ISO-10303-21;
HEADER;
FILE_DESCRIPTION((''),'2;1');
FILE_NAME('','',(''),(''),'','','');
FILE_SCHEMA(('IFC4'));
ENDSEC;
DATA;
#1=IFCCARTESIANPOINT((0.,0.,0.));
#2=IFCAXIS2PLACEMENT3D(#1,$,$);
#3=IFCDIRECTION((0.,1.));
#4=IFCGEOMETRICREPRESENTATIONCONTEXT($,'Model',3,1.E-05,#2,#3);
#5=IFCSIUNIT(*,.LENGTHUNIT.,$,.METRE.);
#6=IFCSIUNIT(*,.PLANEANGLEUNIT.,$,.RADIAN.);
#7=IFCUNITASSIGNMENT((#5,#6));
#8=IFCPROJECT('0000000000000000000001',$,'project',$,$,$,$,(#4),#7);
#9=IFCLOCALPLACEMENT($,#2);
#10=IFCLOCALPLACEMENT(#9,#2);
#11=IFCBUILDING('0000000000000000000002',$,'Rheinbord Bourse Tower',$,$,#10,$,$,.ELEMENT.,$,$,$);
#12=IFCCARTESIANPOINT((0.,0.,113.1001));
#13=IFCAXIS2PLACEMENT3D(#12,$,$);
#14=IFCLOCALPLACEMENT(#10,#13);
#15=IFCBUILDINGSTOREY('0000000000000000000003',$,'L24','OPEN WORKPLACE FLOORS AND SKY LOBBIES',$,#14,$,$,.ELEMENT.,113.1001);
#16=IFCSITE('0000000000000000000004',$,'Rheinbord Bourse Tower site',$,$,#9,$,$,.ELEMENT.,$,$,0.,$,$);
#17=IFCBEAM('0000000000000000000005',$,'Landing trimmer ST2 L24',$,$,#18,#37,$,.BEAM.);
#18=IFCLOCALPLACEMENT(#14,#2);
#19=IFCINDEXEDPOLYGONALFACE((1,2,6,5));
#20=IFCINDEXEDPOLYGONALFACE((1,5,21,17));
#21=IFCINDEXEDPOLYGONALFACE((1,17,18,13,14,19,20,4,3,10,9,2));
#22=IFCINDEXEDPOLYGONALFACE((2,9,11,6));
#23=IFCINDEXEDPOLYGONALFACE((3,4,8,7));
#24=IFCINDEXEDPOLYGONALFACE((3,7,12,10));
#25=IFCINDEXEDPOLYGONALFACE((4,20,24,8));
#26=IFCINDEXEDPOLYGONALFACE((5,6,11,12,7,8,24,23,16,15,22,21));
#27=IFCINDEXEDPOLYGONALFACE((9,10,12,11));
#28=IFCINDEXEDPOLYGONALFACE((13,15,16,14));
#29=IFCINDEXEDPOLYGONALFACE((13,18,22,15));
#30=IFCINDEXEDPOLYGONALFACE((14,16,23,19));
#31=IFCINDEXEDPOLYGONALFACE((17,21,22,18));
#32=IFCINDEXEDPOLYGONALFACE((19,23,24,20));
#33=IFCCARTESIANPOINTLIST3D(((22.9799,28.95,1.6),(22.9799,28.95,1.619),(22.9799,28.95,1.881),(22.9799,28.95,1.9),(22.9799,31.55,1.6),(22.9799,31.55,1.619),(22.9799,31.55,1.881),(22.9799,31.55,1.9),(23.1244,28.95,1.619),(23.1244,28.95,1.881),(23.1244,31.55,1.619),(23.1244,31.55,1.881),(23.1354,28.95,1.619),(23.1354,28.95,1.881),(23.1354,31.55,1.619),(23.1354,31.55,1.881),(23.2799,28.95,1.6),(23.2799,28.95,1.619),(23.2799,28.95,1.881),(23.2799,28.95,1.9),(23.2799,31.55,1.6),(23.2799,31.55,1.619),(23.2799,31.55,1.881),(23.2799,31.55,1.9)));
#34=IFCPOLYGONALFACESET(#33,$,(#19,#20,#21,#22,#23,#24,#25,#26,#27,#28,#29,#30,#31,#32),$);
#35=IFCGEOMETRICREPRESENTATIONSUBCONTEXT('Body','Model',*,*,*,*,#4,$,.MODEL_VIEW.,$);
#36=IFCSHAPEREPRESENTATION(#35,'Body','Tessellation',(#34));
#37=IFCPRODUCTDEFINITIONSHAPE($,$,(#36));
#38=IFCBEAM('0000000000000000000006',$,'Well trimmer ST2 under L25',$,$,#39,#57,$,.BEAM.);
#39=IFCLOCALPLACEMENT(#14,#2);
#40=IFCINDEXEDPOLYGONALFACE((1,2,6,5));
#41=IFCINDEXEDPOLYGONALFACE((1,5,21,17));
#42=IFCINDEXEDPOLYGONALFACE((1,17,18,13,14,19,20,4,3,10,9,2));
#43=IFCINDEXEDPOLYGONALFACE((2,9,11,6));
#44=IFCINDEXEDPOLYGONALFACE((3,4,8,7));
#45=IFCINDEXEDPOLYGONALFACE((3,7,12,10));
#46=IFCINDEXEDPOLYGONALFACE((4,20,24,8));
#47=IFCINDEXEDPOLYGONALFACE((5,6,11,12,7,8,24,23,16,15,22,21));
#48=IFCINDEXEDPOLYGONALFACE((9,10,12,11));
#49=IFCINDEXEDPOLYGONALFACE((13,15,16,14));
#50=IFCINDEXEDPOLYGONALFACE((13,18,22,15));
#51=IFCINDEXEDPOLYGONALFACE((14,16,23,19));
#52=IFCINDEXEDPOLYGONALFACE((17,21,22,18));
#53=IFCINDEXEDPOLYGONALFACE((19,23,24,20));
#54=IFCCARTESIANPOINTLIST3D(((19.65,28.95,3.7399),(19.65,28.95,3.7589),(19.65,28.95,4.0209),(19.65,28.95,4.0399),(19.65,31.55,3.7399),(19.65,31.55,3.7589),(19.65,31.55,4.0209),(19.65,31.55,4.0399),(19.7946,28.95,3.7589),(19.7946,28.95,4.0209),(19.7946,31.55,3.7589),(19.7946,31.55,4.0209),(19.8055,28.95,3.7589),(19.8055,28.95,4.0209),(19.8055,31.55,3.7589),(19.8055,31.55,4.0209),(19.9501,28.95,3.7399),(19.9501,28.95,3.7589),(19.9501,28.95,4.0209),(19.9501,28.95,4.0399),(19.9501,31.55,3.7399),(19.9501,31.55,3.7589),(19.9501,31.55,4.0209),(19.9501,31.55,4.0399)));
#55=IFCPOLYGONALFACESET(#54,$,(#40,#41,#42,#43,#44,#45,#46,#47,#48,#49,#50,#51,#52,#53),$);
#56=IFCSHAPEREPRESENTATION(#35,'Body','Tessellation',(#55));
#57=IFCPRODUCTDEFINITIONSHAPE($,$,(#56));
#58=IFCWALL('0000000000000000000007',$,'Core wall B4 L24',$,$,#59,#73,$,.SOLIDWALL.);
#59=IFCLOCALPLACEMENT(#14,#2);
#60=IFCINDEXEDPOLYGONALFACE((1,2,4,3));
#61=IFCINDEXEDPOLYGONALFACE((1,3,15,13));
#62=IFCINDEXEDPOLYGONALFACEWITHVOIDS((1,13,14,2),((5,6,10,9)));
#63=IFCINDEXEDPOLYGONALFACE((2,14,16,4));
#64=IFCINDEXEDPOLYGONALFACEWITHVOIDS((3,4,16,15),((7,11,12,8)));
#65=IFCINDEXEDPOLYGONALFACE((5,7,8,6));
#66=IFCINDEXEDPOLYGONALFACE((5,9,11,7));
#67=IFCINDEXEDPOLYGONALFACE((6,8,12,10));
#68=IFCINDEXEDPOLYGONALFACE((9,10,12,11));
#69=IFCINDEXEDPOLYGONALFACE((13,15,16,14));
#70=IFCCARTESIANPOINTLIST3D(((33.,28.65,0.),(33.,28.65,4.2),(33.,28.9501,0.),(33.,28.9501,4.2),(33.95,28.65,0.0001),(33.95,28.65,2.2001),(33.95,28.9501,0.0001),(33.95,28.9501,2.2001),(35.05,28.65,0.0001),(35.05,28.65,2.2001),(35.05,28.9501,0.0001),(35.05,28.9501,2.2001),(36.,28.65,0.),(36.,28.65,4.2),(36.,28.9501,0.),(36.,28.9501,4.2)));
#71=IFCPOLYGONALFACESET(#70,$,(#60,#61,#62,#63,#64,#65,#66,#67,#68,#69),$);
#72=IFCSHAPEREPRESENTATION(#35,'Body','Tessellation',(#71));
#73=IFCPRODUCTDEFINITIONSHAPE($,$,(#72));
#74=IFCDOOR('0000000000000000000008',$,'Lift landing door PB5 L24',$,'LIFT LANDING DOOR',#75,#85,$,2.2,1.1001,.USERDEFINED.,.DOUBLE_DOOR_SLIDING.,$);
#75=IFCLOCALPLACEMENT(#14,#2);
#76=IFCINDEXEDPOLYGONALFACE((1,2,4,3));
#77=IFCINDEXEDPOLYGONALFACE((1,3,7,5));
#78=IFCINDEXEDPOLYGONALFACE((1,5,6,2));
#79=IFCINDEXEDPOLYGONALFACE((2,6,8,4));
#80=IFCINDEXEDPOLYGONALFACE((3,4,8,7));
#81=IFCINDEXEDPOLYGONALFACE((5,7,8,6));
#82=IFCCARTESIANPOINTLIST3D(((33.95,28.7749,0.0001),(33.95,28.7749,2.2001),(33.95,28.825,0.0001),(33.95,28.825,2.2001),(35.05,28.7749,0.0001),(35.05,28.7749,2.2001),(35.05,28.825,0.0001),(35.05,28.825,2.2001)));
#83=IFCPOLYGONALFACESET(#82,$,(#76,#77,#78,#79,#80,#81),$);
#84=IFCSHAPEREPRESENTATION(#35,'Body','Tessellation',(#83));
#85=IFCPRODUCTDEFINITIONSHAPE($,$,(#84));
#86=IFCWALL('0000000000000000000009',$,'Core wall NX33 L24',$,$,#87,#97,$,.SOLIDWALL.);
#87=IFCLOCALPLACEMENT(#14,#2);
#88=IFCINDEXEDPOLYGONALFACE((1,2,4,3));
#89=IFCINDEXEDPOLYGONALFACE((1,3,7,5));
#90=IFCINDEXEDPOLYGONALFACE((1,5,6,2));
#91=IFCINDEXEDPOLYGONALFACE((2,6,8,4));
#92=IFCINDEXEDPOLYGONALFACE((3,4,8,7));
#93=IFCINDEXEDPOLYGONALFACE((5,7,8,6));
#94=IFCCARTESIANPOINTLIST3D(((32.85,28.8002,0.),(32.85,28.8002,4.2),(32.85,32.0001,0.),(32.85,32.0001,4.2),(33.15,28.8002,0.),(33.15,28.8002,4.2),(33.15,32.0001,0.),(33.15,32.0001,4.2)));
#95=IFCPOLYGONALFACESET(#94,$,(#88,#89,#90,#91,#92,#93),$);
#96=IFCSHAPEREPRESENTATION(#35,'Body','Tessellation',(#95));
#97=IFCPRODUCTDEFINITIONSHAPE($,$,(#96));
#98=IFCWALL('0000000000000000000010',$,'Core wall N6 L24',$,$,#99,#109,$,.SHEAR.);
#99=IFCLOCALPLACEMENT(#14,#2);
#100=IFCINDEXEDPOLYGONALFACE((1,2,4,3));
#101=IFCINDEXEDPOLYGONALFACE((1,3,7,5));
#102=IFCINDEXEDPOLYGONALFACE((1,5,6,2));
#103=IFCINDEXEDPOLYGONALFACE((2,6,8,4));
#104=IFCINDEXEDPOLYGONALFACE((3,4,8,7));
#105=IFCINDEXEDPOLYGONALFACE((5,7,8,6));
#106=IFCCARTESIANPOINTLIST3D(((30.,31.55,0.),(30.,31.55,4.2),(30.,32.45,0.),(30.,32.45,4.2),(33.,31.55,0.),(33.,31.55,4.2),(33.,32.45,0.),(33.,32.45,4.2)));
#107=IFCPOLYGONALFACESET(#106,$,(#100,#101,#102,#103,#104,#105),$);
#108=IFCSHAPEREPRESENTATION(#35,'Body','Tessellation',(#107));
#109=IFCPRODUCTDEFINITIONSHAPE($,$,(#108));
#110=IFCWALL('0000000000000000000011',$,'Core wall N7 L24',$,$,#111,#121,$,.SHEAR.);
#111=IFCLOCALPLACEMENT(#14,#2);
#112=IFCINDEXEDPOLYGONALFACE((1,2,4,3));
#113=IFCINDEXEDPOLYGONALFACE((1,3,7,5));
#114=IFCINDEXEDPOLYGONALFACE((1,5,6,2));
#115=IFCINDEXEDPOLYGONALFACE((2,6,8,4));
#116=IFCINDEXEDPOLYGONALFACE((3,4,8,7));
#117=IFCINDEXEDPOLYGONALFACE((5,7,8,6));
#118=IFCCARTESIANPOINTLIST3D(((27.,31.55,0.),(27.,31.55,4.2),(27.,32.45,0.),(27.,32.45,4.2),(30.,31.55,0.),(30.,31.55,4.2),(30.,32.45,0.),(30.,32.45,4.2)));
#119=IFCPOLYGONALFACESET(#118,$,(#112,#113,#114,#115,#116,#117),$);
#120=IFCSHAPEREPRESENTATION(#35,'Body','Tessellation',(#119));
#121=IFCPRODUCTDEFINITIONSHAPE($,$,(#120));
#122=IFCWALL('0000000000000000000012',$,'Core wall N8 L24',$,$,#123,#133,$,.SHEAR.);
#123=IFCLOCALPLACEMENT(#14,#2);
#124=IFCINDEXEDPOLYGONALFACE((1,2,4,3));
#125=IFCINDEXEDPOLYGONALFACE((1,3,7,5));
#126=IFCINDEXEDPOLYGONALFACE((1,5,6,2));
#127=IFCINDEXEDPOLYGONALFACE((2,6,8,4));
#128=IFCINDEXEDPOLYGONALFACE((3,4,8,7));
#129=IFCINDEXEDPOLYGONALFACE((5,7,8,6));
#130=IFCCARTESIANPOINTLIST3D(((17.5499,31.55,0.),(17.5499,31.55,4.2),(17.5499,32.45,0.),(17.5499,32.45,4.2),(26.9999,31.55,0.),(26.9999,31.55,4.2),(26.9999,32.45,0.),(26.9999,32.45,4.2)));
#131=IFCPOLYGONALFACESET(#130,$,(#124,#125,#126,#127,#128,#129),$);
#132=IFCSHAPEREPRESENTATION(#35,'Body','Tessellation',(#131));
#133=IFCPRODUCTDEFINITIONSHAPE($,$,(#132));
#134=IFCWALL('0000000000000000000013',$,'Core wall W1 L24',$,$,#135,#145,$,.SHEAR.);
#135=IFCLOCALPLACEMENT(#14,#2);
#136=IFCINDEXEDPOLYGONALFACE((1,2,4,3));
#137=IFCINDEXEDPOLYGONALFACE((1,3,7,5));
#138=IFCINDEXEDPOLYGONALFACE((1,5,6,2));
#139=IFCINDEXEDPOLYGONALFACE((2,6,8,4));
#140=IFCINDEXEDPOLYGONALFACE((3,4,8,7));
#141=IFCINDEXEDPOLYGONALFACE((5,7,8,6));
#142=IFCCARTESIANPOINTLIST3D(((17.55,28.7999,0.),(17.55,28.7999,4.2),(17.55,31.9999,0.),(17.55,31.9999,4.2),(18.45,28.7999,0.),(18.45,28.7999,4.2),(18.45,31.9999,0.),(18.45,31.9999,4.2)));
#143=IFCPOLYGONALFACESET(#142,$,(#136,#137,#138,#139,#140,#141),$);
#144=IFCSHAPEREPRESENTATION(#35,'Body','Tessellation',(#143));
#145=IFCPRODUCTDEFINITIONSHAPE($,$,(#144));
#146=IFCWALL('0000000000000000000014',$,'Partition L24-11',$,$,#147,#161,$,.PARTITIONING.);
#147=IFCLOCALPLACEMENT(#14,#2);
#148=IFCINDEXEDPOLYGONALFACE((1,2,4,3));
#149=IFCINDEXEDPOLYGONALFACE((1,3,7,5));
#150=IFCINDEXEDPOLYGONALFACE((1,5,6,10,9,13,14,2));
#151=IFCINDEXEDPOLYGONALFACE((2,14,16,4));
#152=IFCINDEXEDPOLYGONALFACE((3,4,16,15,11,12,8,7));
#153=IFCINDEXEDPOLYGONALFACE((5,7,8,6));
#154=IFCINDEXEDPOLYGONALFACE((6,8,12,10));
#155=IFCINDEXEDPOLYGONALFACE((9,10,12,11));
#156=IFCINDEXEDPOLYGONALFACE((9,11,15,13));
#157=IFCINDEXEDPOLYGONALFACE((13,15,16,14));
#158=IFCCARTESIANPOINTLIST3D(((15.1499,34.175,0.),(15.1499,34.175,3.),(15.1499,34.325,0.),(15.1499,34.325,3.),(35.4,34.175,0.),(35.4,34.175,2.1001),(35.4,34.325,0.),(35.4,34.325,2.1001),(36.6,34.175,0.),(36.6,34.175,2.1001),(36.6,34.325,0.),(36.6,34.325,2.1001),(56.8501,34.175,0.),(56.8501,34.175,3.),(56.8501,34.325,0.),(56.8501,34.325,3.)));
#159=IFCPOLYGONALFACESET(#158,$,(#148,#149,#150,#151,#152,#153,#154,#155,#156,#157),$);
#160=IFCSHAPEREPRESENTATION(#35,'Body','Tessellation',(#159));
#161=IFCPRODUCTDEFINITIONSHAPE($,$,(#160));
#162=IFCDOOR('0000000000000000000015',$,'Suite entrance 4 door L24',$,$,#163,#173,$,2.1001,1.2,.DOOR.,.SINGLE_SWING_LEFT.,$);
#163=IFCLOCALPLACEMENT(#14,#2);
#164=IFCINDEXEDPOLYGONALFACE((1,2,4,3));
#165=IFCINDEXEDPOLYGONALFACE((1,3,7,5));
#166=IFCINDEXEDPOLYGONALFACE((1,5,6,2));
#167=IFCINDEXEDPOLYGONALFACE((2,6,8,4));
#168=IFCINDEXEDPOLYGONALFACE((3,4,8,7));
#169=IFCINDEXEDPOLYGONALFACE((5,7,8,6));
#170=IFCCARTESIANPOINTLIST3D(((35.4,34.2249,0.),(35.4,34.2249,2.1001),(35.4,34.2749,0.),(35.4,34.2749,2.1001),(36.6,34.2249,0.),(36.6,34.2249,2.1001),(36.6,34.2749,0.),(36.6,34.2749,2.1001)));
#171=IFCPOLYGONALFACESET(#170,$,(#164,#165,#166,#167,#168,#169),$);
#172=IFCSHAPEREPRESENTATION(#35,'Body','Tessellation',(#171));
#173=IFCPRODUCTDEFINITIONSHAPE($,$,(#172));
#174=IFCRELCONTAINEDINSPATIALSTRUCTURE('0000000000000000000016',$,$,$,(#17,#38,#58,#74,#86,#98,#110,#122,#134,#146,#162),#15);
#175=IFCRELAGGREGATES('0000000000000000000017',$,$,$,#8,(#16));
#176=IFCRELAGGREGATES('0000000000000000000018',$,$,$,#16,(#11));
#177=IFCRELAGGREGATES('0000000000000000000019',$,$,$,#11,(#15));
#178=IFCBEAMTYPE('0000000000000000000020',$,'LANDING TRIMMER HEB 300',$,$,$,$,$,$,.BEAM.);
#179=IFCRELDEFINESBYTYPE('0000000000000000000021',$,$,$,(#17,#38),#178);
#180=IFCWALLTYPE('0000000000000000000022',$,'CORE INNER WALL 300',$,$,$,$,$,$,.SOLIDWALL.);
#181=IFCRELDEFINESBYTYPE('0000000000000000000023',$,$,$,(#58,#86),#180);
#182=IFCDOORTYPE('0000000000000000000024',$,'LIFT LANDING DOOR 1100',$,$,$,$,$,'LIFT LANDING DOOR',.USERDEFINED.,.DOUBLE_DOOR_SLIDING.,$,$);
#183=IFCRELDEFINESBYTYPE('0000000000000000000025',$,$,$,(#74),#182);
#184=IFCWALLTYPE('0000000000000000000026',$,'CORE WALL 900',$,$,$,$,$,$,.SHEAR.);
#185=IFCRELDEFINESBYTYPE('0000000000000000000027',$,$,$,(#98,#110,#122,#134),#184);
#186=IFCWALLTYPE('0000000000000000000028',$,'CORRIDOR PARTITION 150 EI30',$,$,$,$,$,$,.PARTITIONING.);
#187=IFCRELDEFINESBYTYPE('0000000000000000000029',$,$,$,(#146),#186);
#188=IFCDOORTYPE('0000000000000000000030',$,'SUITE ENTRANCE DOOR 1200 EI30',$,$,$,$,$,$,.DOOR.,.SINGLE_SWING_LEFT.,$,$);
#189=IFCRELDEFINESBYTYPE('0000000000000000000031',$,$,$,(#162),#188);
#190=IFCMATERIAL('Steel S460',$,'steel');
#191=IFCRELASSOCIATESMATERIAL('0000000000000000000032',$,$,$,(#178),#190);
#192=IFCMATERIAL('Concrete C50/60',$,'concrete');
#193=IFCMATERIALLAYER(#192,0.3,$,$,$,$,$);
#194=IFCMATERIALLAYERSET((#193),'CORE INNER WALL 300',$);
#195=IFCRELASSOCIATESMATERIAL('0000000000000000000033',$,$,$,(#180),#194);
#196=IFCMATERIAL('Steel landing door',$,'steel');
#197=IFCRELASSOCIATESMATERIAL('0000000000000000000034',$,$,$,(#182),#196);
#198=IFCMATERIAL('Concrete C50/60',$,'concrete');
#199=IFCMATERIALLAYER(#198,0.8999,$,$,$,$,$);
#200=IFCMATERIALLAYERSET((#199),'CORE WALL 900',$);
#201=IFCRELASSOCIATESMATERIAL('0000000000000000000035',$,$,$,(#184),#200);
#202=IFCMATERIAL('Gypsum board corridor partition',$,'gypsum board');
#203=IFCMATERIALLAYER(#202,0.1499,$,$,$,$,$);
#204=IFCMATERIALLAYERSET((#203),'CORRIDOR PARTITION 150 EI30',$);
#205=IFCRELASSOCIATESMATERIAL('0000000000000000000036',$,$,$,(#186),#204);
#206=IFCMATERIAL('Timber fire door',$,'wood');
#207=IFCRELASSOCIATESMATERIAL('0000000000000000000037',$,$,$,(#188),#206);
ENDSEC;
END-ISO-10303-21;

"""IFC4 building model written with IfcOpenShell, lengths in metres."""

from ifc_helpers import new_model, si_unit, direction, frame, frame_2d, origin, origin_2d, place, context, subcontext, project, spatial, rectangle, i_section, extrude, material, layer, layer_set, material_profile, profile_set, type_object, element, fill, save


model = new_model("IFC4")

# Units and contexts
model_context = context("Model", 3, precision=1e-05, world=origin(), true_north=direction((0.0, 1.0)))
body_context = subcontext(model_context, "Body", "Model", "MODEL_VIEW")
ifc_project = project(units=[si_unit("LENGTHUNIT", "METRE"), si_unit("PLANEANGLEUNIT", "RADIAN")], contexts=[model_context])

# Site, building, storey
site_placement = place(None, origin())
site = spatial("IfcSite", under=ifc_project, at=site_placement, Name="Rheinbord Bourse Tower site", CompositionType="ELEMENT", RefElevation=0.0)
building_placement = place(site_placement, origin())
building = spatial("IfcBuilding", under=site, at=building_placement, Name="Rheinbord Bourse Tower", CompositionType="ELEMENT")
storey_placement = place(building_placement, frame((0.0, 0.0, 113.1001)))
storey = spatial("IfcBuildingStorey", under=building, at=storey_placement, Name="L24", Description="OPEN WORKPLACE FLOORS AND SKY LOBBIES", CompositionType="ELEMENT", Elevation=113.1001)

# Beams
ifc_material_1 = material(Name="Steel S460", Category="steel")
ifc_material_profile = material_profile(ifc_material_1, i_section(OverallWidth=0.3, OverallDepth=0.3, WebThickness=0.011, FlangeThickness=0.019, at=origin_2d()), Name="HEB 300")
ifc_profile_set = profile_set([ifc_material_profile], Name="Steel S460")
beam_type = type_object("IfcBeamType", Name="LANDING TRIMMER HEB 300", PredefinedType="BEAM", material=ifc_profile_set)
for number, where, z_axis, x_axis, name in (
    (1, (23.1299, 28.95, 1.75), (0.0, 1.0, 0.0), (-1.0, 0.0, 0.0), "Landing trimmer ST2 L24"),
    (2, (19.8, 28.95, 3.8899), (0.0, 1.0, 0.0), (-1.0, 0.0, 0.0), "Well trimmer ST2 under L25"),
):
    element("IfcBeam", number, at=place(storey_placement, frame(where, z_axis=z_axis, x_axis=x_axis)), inside=storey, type_object=beam_type, Name=name, PredefinedType="BEAM", context=body_context, shape_type="SweptSolid", body=[
        extrude(i_section(OverallWidth=0.3, OverallDepth=0.3, WebThickness=0.011, FlangeThickness=0.019, at=origin_2d()), origin(), (0.0, 0.0, 1.0), 2.6001),
    ])

# Wall, opening, door
ifc_material_2 = material(Name="Concrete C50/60", Category="concrete")
ifc_layer_1 = layer(ifc_material_2, 0.3)
ifc_layer_set_1 = layer_set([ifc_layer_1], Name="CORE INNER WALL 300")
wall_type_1 = type_object("IfcWallType", Name="CORE INNER WALL 300", PredefinedType="SOLIDWALL", material=ifc_layer_set_1)
wall_1_placement = place(storey_placement, frame((33.0, 28.8, 0.0), z_axis=(0.0, 0.0, 1.0), x_axis=(1.0, 0.0, 0.0)))
wall_1 = element("IfcWall", 3, at=wall_1_placement, inside=storey, type_object=wall_type_1, Name="Core wall B4 L24", PredefinedType="SOLIDWALL", context=body_context, shape_type="SweptSolid", body=[
    extrude(rectangle(XDim=3.0, YDim=0.3, at=frame_2d((1.5, 0.0))), origin(), (0.0, 0.0, 1.0), 4.2),
])
opening_1_placement = place(wall_1_placement, frame((0.95, 0.0, 0.0)))
opening_1 = element("IfcOpeningElement", 4, at=opening_1_placement, cuts=wall_1, PredefinedType="OPENING", context=body_context, shape_type="SweptSolid", body=[
    extrude(rectangle(XDim=1.1001, YDim=2.2, at=frame_2d((0.55, 1.1001))), frame((0.0, 0.1599, 0.0), z_axis=(0.0, -1.0, 0.0), x_axis=(1.0, 0.0, 0.0)), (0.0, 0.0, 1.0), 0.3201),
])
ifc_material_3 = material(Name="Steel landing door", Category="steel")
door_type_1 = type_object("IfcDoorType", Name="LIFT LANDING DOOR 1100", ElementType="LIFT LANDING DOOR", OperationType="DOUBLE_DOOR_SLIDING", PredefinedType="USERDEFINED", material=ifc_material_3)
door_1_placement = place(opening_1_placement, origin())
door_1 = element("IfcDoor", 5, at=door_1_placement, inside=storey, type_object=door_type_1, Name="Lift landing door PB5 L24", ObjectType="LIFT LANDING DOOR", OperationType="DOUBLE_DOOR_SLIDING", OverallHeight=2.2, OverallWidth=1.1001, PredefinedType="USERDEFINED", context=body_context, shape_type="SweptSolid", body=[
    extrude(rectangle(XDim=1.1001, YDim=2.2, at=frame_2d((0.55, 1.1001))), frame((0.0, 0.0249, 0.0), z_axis=(0.0, -1.0, 0.0), x_axis=(1.0, 0.0, 0.0)), (0.0, 0.0, 1.0), 0.05),
])
fill(opening_1, door_1)

# Walls
wall_2_placement = place(storey_placement, frame((33.0, 28.8, 0.0), z_axis=(0.0, 0.0, 1.0), x_axis=(0.0, 1.0, 0.0)))
element("IfcWall", 6, at=wall_2_placement, inside=storey, type_object=wall_type_1, Name="Core wall NX33 L24", PredefinedType="SOLIDWALL", context=body_context, shape_type="SweptSolid", body=[
    extrude(rectangle(XDim=3.2, YDim=0.3, at=frame_2d((1.6001, 0.0))), origin(), (0.0, 0.0, 1.0), 4.2),
])
ifc_material_4 = material(Name="Concrete C50/60", Category="concrete")
ifc_layer_2 = layer(ifc_material_4, 0.8999)
ifc_layer_set_2 = layer_set([ifc_layer_2], Name="CORE WALL 900")
wall_type_2 = type_object("IfcWallType", Name="CORE WALL 900", PredefinedType="SHEAR", material=ifc_layer_set_2)
for number, where, z_axis, x_axis, name in (
    (7, (33.0, 32.0, 0.0), (0.0, 0.0, 1.0), (-1.0, 0.0, 0.0), "Core wall N6 L24"),
    (8, (30.0, 32.0, 0.0), (0.0, 0.0, 1.0), (-1.0, 0.0, 0.0), "Core wall N7 L24"),
):
    element("IfcWall", number, at=place(storey_placement, frame(where, z_axis=z_axis, x_axis=x_axis)), inside=storey, type_object=wall_type_2, Name=name, PredefinedType="SHEAR", context=body_context, shape_type="SweptSolid", body=[
        extrude(rectangle(XDim=3.0, YDim=0.8999, at=frame_2d((1.5, 0.0))), origin(), (0.0, 0.0, 1.0), 4.2),
    ])
wall_3_placement = place(storey_placement, frame((27.0, 32.0, 0.0), z_axis=(0.0, 0.0, 1.0), x_axis=(-1.0, 0.0, 0.0)))
element("IfcWall", 9, at=wall_3_placement, inside=storey, type_object=wall_type_2, Name="Core wall N8 L24", PredefinedType="SHEAR", context=body_context, shape_type="SweptSolid", body=[
    extrude(rectangle(XDim=9.45, YDim=0.8999, at=frame_2d((4.7251, 0.0))), origin(), (0.0, 0.0, 1.0), 4.2),
])
wall_4_placement = place(storey_placement, frame((18.0, 32.0, 0.0), z_axis=(0.0, 0.0, 1.0), x_axis=(0.0, -1.0, 0.0)))
element("IfcWall", 10, at=wall_4_placement, inside=storey, type_object=wall_type_2, Name="Core wall W1 L24", PredefinedType="SHEAR", context=body_context, shape_type="SweptSolid", body=[
    extrude(rectangle(XDim=3.2, YDim=0.8999, at=frame_2d((1.6001, 0.0))), origin(), (0.0, 0.0, 1.0), 4.2),
])

# Wall, opening, door
ifc_material_5 = material(Name="Gypsum board corridor partition", Category="gypsum board")
ifc_layer_3 = layer(ifc_material_5, 0.1499)
ifc_layer_set_3 = layer_set([ifc_layer_3], Name="CORRIDOR PARTITION 150 EI30")
wall_type_3 = type_object("IfcWallType", Name="CORRIDOR PARTITION 150 EI30", PredefinedType="PARTITIONING", material=ifc_layer_set_3)
wall_5_placement = place(storey_placement, frame((15.1499, 34.25, 0.0), z_axis=(0.0, 0.0, 1.0), x_axis=(1.0, 0.0, 0.0)))
wall_5 = element("IfcWall", 11, at=wall_5_placement, inside=storey, type_object=wall_type_3, Name="Partition L24-11", PredefinedType="PARTITIONING", context=body_context, shape_type="SweptSolid", body=[
    extrude(rectangle(XDim=41.7002, YDim=0.1499, at=frame_2d((20.8501, 0.0))), origin(), (0.0, 0.0, 1.0), 3.0),
])
opening_2_placement = place(wall_5_placement, frame((20.25, 0.0, 0.0)))
opening_2 = element("IfcOpeningElement", 12, at=opening_2_placement, cuts=wall_5, PredefinedType="OPENING", context=body_context, shape_type="SweptSolid", body=[
    extrude(rectangle(XDim=1.2, YDim=2.1001, at=frame_2d((0.6001, 1.05))), frame((0.0, 0.085, 0.0), z_axis=(0.0, -1.0, 0.0), x_axis=(1.0, 0.0, 0.0)), (0.0, 0.0, 1.0), 0.1699),
])
ifc_material_6 = material(Name="Timber fire door", Category="wood")
door_type_2 = type_object("IfcDoorType", Name="SUITE ENTRANCE DOOR 1200 EI30", OperationType="SINGLE_SWING_LEFT", PredefinedType="DOOR", material=ifc_material_6)
door_2_placement = place(opening_2_placement, origin())
door_2 = element("IfcDoor", 13, at=door_2_placement, inside=storey, type_object=door_type_2, Name="Suite entrance 4 door L24", OperationType="SINGLE_SWING_LEFT", OverallHeight=2.1001, OverallWidth=1.2, PredefinedType="DOOR", context=body_context, shape_type="SweptSolid", body=[
    extrude(rectangle(XDim=1.2, YDim=2.1001, at=frame_2d((0.6001, 1.05))), frame((0.0, 0.0249, 0.0), z_axis=(0.0, -1.0, 0.0), x_axis=(1.0, 0.0, 0.0)), (0.0, 0.0, 1.0), 0.05),
])
fill(opening_2, door_2)

save(model, "model.ifc")
